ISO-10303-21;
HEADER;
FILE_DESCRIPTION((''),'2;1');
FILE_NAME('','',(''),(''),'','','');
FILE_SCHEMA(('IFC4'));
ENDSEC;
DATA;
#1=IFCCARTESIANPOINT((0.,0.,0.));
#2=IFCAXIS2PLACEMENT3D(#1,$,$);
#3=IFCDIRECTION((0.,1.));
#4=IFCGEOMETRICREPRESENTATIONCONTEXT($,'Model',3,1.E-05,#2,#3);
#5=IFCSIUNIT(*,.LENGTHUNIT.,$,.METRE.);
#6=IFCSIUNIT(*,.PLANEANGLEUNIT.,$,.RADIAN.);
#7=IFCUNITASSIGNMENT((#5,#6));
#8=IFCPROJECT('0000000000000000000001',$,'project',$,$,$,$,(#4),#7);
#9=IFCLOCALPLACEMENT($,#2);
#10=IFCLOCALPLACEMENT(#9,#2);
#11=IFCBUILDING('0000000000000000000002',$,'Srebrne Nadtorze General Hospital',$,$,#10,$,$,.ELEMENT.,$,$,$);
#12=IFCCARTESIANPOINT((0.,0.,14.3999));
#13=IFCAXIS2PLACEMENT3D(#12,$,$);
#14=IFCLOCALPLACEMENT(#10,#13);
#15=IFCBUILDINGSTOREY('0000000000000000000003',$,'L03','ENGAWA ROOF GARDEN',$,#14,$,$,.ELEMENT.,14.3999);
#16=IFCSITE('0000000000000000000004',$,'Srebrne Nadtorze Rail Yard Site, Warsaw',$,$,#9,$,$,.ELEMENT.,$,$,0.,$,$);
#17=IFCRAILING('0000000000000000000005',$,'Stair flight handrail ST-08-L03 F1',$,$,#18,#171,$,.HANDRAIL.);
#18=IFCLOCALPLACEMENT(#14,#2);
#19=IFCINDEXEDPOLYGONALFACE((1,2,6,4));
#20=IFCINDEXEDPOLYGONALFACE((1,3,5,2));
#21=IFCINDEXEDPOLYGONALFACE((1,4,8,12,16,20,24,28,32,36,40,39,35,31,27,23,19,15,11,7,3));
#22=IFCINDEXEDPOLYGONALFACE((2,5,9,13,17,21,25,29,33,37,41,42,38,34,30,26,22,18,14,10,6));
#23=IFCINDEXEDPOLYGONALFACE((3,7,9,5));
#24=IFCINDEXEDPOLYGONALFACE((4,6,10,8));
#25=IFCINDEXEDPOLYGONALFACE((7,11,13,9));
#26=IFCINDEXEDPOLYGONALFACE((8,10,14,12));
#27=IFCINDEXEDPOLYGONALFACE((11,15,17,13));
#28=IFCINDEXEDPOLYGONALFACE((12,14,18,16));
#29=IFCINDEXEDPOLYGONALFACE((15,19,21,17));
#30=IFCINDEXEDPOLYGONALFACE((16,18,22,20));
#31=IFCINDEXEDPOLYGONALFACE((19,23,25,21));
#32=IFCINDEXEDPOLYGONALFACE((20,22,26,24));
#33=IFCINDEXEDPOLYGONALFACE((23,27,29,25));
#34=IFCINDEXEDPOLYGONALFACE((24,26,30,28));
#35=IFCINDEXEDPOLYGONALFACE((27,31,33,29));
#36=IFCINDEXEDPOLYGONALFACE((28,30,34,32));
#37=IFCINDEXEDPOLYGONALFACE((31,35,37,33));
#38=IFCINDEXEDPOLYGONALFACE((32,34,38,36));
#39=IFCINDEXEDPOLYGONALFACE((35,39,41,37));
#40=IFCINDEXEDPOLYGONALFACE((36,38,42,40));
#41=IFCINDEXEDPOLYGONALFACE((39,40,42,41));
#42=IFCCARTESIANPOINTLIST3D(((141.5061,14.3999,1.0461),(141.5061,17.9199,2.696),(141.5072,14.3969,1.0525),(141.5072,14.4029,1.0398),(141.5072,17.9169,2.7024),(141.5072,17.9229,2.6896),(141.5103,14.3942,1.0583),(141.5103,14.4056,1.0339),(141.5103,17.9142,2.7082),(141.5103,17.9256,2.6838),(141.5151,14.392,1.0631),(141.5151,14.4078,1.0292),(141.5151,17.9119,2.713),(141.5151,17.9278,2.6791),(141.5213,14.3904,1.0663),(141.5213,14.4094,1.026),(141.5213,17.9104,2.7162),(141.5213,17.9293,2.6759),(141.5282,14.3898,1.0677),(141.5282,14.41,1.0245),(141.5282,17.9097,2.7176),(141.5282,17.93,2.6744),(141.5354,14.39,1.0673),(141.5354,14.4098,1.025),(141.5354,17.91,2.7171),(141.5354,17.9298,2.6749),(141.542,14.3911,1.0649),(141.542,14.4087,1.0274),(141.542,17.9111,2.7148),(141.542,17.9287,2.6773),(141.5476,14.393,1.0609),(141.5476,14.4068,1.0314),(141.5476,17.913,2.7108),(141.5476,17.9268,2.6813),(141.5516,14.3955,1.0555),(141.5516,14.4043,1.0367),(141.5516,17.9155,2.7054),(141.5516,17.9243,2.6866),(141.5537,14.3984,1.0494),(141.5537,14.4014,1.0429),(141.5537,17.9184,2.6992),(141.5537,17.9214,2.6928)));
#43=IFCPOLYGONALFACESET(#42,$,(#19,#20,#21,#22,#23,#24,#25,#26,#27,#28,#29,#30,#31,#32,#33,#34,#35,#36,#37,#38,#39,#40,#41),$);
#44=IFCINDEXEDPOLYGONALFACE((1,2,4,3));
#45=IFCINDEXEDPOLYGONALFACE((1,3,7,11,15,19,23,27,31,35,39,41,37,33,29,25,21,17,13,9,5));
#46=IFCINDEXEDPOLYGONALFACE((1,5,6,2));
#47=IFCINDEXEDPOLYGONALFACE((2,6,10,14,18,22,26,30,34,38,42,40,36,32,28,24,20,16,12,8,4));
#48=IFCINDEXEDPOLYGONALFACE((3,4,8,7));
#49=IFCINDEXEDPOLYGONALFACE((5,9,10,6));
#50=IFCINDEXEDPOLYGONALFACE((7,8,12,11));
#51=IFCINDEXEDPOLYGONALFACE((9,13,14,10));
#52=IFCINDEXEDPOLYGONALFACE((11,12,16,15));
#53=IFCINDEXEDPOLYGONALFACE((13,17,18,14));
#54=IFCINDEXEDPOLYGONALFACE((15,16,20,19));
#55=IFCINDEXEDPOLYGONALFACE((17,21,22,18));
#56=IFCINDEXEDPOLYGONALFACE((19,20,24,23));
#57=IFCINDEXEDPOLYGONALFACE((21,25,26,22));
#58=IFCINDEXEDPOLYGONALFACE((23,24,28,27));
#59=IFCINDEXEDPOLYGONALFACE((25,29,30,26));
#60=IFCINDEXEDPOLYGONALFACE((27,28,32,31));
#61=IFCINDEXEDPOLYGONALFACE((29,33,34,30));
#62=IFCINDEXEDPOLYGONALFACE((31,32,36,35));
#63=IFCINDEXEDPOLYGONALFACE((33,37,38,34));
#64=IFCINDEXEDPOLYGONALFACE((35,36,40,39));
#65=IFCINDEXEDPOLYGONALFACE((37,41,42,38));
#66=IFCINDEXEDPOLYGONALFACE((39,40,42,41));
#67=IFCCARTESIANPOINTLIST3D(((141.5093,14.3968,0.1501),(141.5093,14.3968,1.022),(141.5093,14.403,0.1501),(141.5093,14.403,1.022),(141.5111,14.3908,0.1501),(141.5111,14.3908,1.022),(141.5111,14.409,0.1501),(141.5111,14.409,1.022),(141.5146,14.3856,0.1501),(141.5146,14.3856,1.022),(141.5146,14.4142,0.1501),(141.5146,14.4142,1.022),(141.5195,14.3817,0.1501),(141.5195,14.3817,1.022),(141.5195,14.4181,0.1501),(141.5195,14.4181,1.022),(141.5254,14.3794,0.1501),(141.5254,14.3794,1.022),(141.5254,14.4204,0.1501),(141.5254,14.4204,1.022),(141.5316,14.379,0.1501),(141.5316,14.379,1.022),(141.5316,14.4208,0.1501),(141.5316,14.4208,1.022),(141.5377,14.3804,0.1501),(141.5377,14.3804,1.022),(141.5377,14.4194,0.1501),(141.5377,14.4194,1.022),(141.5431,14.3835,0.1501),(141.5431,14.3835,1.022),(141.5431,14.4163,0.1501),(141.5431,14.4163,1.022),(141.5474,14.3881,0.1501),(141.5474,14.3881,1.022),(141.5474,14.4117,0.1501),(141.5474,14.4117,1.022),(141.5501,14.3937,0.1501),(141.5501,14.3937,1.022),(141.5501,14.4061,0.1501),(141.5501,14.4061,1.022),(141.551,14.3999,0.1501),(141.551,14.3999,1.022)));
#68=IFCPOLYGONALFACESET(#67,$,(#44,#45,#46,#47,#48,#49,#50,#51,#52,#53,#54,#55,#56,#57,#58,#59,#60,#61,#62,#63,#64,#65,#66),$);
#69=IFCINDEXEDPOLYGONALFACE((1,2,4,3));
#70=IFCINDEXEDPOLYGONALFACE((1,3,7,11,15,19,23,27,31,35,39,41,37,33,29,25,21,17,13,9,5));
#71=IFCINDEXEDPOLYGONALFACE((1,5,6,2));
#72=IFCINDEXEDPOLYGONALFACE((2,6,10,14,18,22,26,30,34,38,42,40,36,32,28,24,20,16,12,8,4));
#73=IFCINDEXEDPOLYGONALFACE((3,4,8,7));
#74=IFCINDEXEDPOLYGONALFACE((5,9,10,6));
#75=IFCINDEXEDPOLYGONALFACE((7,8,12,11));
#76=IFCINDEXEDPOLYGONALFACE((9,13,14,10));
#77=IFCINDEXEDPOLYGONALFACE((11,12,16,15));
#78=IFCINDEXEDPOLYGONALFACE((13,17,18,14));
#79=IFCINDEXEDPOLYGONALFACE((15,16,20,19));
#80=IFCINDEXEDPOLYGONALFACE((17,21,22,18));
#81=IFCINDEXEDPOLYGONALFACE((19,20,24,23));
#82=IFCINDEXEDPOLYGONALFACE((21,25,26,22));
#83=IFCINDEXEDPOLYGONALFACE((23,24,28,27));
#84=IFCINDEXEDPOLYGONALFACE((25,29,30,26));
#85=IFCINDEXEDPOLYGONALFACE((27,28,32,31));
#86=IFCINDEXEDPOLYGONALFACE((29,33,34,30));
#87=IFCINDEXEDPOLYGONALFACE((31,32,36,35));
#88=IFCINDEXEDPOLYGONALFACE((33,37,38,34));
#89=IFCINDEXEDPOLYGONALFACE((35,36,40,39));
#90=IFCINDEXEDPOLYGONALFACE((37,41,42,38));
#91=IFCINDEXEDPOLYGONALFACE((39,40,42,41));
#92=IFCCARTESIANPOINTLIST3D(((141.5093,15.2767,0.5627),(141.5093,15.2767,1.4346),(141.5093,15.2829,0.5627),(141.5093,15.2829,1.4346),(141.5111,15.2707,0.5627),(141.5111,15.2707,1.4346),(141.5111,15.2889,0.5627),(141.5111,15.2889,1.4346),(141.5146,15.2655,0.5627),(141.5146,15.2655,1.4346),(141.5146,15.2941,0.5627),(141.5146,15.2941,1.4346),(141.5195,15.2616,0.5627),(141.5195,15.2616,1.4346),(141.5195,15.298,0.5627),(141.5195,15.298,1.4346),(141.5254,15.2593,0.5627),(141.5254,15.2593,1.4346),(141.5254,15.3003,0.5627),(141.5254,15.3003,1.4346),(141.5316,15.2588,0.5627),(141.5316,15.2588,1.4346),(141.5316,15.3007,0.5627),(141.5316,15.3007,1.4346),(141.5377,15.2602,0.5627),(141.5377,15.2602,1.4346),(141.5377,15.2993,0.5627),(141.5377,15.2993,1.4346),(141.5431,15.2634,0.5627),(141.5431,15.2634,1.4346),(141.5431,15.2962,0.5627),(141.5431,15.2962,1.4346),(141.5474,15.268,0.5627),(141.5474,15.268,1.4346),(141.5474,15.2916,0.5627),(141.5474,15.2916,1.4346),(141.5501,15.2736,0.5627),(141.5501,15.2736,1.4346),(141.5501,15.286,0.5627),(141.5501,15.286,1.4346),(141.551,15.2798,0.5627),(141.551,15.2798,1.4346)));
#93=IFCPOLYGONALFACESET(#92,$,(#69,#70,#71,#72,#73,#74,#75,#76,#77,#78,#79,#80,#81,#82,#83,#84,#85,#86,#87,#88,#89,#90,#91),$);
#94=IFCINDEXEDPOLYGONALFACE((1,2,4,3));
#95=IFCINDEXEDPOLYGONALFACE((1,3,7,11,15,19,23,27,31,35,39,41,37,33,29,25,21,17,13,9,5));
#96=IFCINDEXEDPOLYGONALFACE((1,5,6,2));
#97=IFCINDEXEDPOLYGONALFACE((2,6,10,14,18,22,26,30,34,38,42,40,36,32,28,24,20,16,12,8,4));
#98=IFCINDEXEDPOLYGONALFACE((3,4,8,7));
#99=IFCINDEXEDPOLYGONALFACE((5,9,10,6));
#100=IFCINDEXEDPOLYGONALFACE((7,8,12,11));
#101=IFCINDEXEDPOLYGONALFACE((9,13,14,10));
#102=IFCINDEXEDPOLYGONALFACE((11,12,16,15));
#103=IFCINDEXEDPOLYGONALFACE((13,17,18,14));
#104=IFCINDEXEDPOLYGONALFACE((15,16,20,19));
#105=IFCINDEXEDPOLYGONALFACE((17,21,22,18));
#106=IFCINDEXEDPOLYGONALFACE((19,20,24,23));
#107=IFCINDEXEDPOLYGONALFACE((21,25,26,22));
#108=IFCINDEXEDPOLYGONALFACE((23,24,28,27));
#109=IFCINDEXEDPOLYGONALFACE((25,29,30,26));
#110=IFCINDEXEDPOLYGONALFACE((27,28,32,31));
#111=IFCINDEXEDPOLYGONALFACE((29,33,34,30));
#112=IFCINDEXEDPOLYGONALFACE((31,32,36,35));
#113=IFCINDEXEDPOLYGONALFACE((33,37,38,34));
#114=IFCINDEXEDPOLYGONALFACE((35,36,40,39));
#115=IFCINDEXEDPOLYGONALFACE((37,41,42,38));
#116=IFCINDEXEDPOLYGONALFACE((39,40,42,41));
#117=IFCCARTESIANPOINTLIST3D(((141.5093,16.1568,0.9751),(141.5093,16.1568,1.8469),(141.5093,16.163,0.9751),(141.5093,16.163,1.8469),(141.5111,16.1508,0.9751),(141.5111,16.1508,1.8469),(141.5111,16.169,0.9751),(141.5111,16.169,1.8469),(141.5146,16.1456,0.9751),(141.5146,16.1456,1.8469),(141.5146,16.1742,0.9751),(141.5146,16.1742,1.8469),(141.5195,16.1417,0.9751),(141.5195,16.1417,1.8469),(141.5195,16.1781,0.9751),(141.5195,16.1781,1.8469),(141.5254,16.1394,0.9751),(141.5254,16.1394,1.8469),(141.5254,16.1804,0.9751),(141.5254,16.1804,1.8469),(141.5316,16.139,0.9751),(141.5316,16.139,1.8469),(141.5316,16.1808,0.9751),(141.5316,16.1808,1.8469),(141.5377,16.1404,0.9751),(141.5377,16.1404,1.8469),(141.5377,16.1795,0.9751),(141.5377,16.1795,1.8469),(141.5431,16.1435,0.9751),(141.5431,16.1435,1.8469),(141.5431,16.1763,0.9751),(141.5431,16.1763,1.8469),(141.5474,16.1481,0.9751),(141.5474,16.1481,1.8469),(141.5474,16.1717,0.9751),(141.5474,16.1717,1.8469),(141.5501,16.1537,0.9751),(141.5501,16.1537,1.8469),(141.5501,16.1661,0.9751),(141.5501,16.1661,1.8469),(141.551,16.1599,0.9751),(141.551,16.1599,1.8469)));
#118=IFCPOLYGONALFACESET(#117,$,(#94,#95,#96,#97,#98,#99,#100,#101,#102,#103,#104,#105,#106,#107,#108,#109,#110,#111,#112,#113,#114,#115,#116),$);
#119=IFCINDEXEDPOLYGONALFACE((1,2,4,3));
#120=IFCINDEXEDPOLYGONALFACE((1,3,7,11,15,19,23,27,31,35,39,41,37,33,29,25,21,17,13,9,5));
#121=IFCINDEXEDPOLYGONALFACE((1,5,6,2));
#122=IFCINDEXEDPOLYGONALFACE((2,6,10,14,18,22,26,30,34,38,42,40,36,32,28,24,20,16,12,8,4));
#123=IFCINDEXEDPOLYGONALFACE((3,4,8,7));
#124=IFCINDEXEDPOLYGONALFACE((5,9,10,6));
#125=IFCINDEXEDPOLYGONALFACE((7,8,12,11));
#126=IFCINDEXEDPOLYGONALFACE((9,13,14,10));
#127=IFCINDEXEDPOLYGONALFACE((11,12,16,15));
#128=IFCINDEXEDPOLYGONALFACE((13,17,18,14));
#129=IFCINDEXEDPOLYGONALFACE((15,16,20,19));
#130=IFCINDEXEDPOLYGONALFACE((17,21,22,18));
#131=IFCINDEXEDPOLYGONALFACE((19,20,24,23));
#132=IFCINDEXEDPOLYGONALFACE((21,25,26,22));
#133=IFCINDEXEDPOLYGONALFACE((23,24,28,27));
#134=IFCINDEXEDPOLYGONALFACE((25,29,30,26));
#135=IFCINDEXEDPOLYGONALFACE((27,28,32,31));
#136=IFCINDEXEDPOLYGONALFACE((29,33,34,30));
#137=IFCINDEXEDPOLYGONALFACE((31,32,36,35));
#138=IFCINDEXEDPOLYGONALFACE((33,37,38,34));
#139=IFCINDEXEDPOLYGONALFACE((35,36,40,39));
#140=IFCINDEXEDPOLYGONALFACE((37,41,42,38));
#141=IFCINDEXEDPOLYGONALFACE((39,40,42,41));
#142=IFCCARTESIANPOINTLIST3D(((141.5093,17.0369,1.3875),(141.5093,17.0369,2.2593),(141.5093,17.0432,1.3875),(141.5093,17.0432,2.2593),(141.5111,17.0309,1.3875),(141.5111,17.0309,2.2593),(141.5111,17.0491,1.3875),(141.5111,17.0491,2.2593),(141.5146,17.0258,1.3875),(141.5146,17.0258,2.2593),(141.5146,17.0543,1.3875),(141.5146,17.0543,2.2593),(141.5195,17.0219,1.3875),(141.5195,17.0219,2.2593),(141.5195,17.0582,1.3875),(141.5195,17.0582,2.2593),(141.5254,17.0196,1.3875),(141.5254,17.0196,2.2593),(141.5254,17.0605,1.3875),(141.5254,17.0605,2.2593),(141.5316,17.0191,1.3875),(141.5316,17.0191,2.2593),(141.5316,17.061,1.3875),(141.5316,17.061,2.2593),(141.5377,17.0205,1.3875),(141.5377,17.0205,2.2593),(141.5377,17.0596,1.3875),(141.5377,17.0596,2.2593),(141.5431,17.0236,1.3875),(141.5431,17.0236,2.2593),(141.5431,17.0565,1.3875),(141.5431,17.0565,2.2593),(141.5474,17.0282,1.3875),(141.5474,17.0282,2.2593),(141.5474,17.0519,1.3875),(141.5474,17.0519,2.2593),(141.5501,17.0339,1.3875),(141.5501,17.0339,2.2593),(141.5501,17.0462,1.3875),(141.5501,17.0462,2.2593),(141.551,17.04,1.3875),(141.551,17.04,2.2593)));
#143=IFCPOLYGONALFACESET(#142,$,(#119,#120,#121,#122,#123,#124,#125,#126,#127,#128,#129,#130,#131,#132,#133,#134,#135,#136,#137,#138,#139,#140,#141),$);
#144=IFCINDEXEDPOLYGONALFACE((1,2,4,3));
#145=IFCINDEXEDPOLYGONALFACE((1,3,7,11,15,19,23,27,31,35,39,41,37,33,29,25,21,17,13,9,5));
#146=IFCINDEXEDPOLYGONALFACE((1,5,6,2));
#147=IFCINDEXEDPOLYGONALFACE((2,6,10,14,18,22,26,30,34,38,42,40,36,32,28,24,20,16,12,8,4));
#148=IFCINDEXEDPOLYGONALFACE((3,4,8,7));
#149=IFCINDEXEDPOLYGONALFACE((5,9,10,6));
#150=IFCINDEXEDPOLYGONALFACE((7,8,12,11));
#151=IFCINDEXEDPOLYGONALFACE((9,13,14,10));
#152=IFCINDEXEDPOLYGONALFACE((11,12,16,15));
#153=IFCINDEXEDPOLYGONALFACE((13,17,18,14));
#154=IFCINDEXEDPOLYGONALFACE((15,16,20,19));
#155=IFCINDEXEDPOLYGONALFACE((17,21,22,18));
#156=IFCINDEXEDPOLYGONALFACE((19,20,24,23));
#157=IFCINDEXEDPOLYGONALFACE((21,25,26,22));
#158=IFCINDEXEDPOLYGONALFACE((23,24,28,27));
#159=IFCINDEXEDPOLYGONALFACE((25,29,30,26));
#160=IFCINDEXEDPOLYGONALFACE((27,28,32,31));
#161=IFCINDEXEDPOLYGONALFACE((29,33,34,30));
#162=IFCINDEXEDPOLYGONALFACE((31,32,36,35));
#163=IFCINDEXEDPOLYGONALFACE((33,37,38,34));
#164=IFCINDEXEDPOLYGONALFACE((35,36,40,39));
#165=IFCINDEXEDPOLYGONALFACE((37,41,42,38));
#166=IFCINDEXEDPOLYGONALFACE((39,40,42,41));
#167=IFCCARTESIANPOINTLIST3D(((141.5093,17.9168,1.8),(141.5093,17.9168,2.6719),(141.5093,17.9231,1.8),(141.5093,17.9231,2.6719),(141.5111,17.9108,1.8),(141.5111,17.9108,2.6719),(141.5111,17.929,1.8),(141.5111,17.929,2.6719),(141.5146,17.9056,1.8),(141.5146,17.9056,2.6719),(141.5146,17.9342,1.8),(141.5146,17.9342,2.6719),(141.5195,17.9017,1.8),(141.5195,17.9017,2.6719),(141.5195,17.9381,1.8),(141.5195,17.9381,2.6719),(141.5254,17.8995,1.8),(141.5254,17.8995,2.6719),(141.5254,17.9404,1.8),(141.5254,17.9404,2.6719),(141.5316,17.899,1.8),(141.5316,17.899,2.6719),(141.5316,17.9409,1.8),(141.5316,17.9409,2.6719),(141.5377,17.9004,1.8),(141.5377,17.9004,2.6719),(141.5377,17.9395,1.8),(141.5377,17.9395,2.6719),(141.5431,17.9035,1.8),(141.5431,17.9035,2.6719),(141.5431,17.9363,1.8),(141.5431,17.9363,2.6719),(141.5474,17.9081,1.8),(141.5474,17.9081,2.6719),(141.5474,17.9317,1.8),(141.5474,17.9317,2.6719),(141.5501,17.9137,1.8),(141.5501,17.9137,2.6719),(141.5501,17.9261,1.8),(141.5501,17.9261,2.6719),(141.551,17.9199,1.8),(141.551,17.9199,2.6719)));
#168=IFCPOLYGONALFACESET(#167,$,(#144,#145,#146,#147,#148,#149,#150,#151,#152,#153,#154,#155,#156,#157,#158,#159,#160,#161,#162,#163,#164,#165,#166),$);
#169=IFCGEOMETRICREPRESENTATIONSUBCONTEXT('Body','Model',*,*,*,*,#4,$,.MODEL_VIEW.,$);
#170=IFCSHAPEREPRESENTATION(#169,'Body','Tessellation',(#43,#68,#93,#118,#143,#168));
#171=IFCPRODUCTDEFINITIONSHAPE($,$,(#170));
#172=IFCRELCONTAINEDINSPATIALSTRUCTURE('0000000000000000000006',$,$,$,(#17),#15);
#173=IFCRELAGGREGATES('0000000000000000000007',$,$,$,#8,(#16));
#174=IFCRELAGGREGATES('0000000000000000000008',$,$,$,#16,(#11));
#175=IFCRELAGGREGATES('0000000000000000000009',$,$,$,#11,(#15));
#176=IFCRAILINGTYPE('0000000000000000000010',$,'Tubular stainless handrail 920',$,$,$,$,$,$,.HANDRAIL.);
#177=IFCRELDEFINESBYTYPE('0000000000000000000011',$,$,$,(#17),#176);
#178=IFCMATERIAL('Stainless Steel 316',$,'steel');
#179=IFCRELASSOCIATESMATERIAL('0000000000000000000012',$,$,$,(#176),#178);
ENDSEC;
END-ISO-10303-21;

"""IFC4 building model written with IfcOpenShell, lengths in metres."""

from ifc_helpers import new_model, si_unit, direction, frame, origin, origin_2d, place, context, subcontext, project, spatial, circle, extrude, material, type_object, element, save


model = new_model("IFC4")

# Units and contexts
model_context = context("Model", 3, precision=1e-05, world=origin(), true_north=direction((0.0, 1.0)))
body_context = subcontext(model_context, "Body", "Model", "MODEL_VIEW")
ifc_project = project(units=[si_unit("LENGTHUNIT", "METRE"), si_unit("PLANEANGLEUNIT", "RADIAN")], contexts=[model_context])

# Site, building, storey
site_placement = place(None, origin())
site = spatial("IfcSite", under=ifc_project, at=site_placement, Name="Srebrne Nadtorze Rail Yard Site, Warsaw", CompositionType="ELEMENT", RefElevation=0.0)
building_placement = place(site_placement, origin())
building = spatial("IfcBuilding", under=site, at=building_placement, Name="Srebrne Nadtorze General Hospital", CompositionType="ELEMENT")
storey_placement = place(building_placement, frame((0.0, 0.0, 14.3999)))
storey = spatial("IfcBuildingStorey", under=building, at=storey_placement, Name="L03", Description="ENGAWA ROOF GARDEN", CompositionType="ELEMENT", Elevation=14.3999)

# Railing
ifc_material_1 = material(Name="Stainless Steel 316", Category="steel")
railing_type = type_object("IfcRailingType", Name="Tubular stainless handrail 920", PredefinedType="HANDRAIL", material=ifc_material_1)
railing_placement = place(storey_placement, frame((141.53, 14.3999, 0.1501)))
element("IfcRailing", 1, at=railing_placement, inside=storey, type_object=railing_type, Name="Stair flight handrail ST-08-L03 F1", PredefinedType="HANDRAIL", context=body_context, shape_type="SweptSolid", body=[
    extrude(circle(Radius=0.0239, at=origin_2d()), frame((0.0, 0.0, 0.896), z_axis=(0.0, 0.905469, 0.424411), x_axis=(-1.0, 0.0, 0.0)), (0.0, 0.0, 1.0), 3.8875),
    extrude(circle(Radius=0.021, at=origin_2d()), origin(), (0.0, 0.0, 1.0), 0.8718),
    extrude(circle(Radius=0.021, at=origin_2d()), frame((0.0, 0.8799, 0.4126)), (0.0, 0.0, 1.0), 0.8718),
    extrude(circle(Radius=0.021, at=origin_2d()), frame((0.0, 1.76, 0.825)), (0.0, 0.0, 1.0), 0.8718),
    extrude(circle(Radius=0.021, at=origin_2d()), frame((0.0, 2.6401, 1.2373)), (0.0, 0.0, 1.0), 0.8718),
    extrude(circle(Radius=0.021, at=origin_2d()), frame((0.0, 3.52, 1.6499)), (0.0, 0.0, 1.0), 0.8718),
])

save(model, "model.ifc")
